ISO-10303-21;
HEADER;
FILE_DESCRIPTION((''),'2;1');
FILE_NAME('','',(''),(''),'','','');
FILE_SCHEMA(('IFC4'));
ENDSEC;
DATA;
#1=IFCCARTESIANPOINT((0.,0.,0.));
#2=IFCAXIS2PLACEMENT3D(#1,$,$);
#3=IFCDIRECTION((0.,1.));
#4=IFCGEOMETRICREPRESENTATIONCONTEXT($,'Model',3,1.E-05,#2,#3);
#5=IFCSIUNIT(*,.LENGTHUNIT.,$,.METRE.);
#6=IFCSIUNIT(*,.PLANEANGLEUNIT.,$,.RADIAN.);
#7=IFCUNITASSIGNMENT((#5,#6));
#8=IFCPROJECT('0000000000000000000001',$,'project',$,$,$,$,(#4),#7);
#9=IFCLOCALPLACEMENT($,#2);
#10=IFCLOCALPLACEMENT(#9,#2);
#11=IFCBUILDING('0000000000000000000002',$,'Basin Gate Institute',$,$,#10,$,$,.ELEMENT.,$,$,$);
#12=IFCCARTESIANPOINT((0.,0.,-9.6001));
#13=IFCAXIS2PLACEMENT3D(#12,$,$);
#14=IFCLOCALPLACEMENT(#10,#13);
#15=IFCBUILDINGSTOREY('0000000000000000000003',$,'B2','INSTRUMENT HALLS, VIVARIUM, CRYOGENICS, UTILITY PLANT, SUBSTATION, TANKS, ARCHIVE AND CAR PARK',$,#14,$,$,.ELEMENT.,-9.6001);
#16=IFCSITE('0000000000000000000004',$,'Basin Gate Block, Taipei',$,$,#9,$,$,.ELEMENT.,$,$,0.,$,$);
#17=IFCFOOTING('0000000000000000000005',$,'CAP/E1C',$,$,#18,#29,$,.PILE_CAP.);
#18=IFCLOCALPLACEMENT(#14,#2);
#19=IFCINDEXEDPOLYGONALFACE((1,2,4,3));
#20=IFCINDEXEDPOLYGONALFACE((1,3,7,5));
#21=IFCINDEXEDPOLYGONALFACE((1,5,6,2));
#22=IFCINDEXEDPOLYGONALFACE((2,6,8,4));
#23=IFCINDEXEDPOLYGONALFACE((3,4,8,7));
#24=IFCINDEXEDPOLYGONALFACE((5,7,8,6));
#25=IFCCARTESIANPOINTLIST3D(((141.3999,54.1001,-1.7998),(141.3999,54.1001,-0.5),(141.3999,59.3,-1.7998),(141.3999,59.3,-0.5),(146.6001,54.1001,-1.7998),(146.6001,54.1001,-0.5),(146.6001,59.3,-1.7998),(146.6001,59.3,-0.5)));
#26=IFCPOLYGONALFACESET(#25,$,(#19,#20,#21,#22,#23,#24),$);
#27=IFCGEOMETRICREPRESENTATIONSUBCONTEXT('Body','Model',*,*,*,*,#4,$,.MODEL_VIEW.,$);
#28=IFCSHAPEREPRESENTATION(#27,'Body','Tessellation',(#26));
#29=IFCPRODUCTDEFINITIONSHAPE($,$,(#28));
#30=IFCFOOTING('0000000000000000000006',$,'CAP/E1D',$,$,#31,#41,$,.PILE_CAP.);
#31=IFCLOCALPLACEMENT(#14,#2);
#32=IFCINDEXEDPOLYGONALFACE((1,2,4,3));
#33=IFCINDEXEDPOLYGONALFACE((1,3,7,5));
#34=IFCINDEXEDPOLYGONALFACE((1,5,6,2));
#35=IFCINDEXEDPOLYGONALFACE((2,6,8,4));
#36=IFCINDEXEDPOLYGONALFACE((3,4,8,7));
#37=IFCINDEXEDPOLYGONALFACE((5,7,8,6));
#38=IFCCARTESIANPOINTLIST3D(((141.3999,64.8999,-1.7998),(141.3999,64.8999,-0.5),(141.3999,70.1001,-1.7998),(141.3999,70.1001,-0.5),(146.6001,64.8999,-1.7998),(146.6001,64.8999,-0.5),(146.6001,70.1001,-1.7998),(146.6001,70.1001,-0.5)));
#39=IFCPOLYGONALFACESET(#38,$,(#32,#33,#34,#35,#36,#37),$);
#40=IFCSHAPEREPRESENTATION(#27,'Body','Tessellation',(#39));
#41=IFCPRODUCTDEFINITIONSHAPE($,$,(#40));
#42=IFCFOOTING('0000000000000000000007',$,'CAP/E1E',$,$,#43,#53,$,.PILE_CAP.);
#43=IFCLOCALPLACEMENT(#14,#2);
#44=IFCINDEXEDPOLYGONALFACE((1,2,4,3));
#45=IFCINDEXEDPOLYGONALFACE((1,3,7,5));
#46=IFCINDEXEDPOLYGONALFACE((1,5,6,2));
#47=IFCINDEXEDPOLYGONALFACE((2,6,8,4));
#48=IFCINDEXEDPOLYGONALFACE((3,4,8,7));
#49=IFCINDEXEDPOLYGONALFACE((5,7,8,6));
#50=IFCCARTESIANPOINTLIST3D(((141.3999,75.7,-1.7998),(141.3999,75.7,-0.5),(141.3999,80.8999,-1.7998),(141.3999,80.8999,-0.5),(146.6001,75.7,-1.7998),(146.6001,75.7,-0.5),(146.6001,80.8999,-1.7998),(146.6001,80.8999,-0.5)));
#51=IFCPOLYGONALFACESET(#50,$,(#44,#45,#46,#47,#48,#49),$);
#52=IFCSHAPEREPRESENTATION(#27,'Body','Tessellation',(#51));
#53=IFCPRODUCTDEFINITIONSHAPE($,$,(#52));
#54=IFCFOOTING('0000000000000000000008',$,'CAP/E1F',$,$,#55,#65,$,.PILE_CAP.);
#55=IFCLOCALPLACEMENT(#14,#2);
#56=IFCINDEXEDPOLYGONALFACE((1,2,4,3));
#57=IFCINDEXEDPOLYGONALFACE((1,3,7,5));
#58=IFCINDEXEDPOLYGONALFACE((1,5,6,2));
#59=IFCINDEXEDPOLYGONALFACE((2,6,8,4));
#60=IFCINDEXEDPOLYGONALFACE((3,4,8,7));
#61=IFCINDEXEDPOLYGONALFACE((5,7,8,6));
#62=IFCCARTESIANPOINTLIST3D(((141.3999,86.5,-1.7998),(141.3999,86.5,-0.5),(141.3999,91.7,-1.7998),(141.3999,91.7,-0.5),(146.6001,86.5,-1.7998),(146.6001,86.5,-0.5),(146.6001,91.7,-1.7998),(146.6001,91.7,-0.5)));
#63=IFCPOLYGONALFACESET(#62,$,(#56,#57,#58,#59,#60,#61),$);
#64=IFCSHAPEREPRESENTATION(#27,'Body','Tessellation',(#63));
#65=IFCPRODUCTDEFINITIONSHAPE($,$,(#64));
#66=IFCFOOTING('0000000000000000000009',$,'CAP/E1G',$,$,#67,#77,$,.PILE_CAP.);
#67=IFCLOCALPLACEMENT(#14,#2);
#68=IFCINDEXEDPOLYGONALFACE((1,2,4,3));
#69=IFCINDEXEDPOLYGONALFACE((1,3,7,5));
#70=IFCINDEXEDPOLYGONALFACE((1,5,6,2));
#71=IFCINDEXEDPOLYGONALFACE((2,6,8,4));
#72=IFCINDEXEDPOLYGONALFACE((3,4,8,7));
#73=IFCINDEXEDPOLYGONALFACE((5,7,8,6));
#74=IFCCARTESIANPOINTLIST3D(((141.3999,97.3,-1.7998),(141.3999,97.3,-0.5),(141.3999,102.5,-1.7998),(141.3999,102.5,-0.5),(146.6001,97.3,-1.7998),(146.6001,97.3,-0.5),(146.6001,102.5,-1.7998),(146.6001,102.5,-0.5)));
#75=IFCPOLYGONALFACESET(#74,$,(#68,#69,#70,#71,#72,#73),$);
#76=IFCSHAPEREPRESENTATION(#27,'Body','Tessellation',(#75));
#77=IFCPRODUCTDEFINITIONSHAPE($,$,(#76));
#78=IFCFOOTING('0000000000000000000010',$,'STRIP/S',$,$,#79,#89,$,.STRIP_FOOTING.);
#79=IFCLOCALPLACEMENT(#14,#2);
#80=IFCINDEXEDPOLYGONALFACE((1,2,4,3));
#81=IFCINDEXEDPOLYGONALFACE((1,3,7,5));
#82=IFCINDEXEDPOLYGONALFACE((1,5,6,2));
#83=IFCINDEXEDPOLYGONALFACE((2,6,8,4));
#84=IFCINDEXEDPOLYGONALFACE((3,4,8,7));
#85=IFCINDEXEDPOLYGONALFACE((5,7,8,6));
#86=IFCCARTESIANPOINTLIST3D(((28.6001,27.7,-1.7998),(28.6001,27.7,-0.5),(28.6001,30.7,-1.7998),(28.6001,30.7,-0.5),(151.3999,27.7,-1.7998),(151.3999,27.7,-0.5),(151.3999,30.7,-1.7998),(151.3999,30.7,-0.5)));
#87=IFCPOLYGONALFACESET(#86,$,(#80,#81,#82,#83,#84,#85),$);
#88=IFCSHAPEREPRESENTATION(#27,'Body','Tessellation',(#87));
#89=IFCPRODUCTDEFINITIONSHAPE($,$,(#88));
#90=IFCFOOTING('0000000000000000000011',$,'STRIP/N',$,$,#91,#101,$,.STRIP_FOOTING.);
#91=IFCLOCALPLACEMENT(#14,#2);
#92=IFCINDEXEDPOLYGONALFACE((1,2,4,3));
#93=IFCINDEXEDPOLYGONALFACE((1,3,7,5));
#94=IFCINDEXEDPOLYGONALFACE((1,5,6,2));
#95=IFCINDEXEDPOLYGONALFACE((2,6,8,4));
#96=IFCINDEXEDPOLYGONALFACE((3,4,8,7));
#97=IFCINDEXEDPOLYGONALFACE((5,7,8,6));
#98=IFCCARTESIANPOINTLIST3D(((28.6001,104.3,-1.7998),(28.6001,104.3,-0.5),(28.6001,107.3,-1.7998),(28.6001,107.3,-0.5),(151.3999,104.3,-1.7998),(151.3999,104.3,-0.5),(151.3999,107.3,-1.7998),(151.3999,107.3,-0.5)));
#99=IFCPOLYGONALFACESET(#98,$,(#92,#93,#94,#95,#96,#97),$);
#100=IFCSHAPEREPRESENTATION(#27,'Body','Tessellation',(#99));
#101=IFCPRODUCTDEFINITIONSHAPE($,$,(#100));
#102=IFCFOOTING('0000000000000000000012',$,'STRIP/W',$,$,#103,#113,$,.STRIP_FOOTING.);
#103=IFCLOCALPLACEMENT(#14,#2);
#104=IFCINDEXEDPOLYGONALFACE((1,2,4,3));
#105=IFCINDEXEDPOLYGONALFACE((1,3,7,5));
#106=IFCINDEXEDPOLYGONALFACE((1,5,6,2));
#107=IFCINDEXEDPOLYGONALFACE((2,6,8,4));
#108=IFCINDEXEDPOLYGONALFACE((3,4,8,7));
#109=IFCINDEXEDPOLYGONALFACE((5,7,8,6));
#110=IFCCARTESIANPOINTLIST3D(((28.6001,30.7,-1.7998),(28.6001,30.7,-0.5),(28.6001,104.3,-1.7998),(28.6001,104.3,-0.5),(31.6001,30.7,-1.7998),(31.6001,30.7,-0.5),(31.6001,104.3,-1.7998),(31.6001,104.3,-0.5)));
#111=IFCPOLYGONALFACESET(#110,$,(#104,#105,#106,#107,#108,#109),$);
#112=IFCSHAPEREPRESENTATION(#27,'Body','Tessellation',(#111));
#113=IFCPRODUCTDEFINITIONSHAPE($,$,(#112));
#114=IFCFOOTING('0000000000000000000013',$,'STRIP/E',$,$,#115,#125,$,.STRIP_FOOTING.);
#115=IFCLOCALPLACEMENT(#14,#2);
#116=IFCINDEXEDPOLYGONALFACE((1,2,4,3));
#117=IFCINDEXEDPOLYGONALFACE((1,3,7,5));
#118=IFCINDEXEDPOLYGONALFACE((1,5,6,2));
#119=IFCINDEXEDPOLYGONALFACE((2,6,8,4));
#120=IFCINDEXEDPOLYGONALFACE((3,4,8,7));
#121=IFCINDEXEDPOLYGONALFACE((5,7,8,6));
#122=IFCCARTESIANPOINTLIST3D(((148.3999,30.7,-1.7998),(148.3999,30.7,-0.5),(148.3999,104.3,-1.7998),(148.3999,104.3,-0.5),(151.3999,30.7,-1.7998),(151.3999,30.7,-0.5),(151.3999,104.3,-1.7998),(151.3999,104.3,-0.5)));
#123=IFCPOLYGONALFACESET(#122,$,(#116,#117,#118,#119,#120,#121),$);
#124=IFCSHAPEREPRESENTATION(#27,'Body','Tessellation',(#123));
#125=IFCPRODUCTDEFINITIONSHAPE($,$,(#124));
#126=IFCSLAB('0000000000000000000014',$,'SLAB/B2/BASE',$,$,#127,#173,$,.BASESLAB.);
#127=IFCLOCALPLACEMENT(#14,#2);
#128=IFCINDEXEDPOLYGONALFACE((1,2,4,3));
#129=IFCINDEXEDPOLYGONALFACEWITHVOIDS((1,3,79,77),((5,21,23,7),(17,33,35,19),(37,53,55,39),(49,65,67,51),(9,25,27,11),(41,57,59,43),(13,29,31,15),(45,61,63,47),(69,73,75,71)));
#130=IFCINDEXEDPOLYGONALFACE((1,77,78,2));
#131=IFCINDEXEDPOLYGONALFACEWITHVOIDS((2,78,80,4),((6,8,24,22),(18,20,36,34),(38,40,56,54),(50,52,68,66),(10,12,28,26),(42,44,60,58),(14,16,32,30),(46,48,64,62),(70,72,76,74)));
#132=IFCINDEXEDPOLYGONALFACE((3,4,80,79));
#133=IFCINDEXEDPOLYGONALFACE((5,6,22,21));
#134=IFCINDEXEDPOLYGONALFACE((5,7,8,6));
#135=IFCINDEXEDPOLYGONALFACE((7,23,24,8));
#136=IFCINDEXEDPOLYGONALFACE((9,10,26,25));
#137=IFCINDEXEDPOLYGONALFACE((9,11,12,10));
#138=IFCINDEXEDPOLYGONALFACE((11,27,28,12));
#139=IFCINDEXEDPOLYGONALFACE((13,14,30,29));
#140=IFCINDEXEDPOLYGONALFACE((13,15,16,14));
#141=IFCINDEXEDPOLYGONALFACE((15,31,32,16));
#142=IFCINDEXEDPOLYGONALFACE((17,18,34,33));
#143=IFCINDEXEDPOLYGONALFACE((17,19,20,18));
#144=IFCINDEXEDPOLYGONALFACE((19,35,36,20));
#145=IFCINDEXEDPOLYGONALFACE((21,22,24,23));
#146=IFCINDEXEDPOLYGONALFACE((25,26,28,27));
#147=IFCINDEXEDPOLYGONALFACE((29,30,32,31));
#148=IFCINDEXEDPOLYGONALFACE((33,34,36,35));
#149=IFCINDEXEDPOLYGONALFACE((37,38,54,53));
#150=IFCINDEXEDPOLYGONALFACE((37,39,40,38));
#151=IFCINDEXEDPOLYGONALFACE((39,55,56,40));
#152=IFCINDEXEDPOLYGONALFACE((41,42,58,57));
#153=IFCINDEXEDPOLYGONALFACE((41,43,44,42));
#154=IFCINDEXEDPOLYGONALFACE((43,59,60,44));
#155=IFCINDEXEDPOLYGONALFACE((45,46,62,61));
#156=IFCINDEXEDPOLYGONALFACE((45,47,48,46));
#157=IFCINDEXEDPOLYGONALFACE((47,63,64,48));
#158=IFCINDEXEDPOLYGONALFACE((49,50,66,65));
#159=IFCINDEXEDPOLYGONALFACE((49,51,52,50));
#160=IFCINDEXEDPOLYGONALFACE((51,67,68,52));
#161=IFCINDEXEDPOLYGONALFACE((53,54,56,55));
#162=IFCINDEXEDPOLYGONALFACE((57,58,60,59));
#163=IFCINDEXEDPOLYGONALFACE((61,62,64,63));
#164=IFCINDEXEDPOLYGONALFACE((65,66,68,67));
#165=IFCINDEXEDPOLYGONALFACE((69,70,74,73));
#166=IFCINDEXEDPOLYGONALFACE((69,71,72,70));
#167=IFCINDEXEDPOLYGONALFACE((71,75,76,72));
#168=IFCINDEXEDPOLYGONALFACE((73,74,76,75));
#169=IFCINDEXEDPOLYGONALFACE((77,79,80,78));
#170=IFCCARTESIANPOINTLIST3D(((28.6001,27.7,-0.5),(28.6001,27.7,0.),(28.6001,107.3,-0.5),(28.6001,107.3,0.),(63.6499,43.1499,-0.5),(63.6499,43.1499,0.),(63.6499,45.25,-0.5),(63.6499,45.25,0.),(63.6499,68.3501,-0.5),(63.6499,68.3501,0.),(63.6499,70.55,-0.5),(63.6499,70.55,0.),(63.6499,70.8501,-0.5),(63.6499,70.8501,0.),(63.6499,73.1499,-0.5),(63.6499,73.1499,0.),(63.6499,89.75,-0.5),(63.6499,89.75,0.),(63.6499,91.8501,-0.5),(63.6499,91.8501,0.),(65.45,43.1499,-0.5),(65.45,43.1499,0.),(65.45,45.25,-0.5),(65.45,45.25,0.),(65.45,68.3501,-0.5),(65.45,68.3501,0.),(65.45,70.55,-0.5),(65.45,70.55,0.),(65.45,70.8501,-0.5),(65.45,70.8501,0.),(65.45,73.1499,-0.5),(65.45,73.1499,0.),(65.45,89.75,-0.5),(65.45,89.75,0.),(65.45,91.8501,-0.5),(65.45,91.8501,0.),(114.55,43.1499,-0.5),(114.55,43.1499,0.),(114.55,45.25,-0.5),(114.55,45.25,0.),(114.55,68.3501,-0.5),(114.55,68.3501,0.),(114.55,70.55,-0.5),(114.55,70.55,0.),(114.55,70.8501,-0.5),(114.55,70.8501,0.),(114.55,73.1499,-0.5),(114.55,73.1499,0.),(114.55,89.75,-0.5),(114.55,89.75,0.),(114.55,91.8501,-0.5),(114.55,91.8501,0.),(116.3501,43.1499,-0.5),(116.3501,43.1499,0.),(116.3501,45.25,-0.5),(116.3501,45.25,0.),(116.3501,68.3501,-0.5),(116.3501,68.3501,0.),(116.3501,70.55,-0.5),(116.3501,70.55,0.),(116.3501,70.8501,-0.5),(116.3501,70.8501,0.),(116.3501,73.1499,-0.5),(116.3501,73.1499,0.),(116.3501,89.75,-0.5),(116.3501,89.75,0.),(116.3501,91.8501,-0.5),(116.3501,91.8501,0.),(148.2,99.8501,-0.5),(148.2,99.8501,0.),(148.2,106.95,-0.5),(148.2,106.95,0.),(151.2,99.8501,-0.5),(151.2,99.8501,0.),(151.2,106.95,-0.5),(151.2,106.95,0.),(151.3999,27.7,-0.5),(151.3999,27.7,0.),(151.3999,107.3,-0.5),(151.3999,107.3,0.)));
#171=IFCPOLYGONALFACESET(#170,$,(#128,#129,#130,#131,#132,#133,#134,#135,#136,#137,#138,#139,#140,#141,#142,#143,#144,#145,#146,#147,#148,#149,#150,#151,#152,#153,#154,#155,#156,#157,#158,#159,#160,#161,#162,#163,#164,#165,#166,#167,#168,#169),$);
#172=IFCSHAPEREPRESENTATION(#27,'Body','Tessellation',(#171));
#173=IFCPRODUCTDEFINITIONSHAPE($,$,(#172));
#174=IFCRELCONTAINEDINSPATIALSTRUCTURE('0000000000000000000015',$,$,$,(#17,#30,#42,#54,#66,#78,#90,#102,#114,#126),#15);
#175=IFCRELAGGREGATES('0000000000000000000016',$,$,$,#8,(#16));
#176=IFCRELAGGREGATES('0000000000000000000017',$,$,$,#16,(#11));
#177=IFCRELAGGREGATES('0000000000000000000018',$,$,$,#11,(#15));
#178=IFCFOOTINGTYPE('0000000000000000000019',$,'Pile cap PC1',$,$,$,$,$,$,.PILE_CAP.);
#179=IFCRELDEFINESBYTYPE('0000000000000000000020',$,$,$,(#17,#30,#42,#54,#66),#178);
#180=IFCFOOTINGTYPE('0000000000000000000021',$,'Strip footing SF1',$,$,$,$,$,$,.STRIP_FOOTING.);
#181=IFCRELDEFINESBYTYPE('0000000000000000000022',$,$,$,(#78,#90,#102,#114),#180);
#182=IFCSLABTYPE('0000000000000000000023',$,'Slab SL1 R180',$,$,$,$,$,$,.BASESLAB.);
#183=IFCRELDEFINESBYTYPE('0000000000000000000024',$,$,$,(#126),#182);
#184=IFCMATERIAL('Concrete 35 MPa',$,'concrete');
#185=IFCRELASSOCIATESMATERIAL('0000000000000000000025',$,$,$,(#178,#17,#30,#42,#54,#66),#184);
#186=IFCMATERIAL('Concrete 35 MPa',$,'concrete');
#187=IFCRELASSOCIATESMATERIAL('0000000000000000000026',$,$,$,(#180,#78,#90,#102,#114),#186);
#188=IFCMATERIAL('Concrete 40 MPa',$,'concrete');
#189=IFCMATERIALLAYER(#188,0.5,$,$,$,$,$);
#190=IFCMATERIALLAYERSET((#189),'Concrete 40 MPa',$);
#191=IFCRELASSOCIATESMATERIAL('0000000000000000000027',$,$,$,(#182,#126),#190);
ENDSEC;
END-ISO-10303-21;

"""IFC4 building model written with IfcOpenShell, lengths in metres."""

from ifc_helpers import new_model, si_unit, direction, frame, origin, place, context, subcontext, project, spatial, polyline, outline, extrude, material, layer, layer_set, type_object, element, save


model = new_model("IFC4")

# Units and contexts
model_context = context("Model", 3, precision=1e-05, world=origin(), true_north=direction((0.0, 1.0)))
body_context = subcontext(model_context, "Body", "Model", "MODEL_VIEW")
ifc_project = project(units=[si_unit("LENGTHUNIT", "METRE"), si_unit("PLANEANGLEUNIT", "RADIAN")], contexts=[model_context])

# Site, building, storey
site_placement = place(None, origin())
site = spatial("IfcSite", under=ifc_project, at=site_placement, Name="Basin Gate Block, Taipei", CompositionType="ELEMENT", RefElevation=0.0)
building_placement = place(site_placement, origin())
building = spatial("IfcBuilding", under=site, at=building_placement, Name="Basin Gate Institute", CompositionType="ELEMENT")
storey_placement = place(building_placement, frame((0.0, 0.0, -9.6001)))
storey = spatial("IfcBuildingStorey", under=building, at=storey_placement, Name="B2", Description="INSTRUMENT HALLS, VIVARIUM, CRYOGENICS, UTILITY PLANT, SUBSTATION, TANKS, ARCHIVE AND CAR PARK", CompositionType="ELEMENT", Elevation=-9.6001)

# Footings
ifc_material_1 = material(Name="Concrete 35 MPa", Category="concrete")
footing_type_1 = type_object("IfcFootingType", Name="Pile cap PC1", PredefinedType="PILE_CAP", material=ifc_material_1)
footing_1_placement = place(storey_placement, frame((0.0, 0.0, -1.7998)))
element("IfcFooting", 1, at=footing_1_placement, inside=storey, type_object=footing_type_1, material=ifc_material_1, Name="CAP/E1C", PredefinedType="PILE_CAP", context=body_context, shape_type="SweptSolid", body=[
    extrude(outline(polyline([(141.3999, 54.1001), (146.6001, 54.1001), (146.6001, 59.3), (141.3999, 59.3), (141.3999, 54.1001)])), origin(), (0.0, 0.0, 1.0), 1.2998),
])
footing_2_placement = place(storey_placement, frame((0.0, 0.0, -1.7998)))
element("IfcFooting", 2, at=footing_2_placement, inside=storey, type_object=footing_type_1, material=ifc_material_1, Name="CAP/E1D", PredefinedType="PILE_CAP", context=body_context, shape_type="SweptSolid", body=[
    extrude(outline(polyline([(141.3999, 64.8999), (146.6001, 64.8999), (146.6001, 70.1001), (141.3999, 70.1001), (141.3999, 64.8999)])), origin(), (0.0, 0.0, 1.0), 1.2998),
])
footing_3_placement = place(storey_placement, frame((0.0, 0.0, -1.7998)))
element("IfcFooting", 3, at=footing_3_placement, inside=storey, type_object=footing_type_1, material=ifc_material_1, Name="CAP/E1E", PredefinedType="PILE_CAP", context=body_context, shape_type="SweptSolid", body=[
    extrude(outline(polyline([(141.3999, 75.7), (146.6001, 75.7), (146.6001, 80.8999), (141.3999, 80.8999), (141.3999, 75.7)])), origin(), (0.0, 0.0, 1.0), 1.2998),
])
footing_4_placement = place(storey_placement, frame((0.0, 0.0, -1.7998)))
element("IfcFooting", 4, at=footing_4_placement, inside=storey, type_object=footing_type_1, material=ifc_material_1, Name="CAP/E1F", PredefinedType="PILE_CAP", context=body_context, shape_type="SweptSolid", body=[
    extrude(outline(polyline([(141.3999, 86.5), (146.6001, 86.5), (146.6001, 91.7), (141.3999, 91.7), (141.3999, 86.5)])), origin(), (0.0, 0.0, 1.0), 1.2998),
])
footing_5_placement = place(storey_placement, frame((0.0, 0.0, -1.7998)))
element("IfcFooting", 5, at=footing_5_placement, inside=storey, type_object=footing_type_1, material=ifc_material_1, Name="CAP/E1G", PredefinedType="PILE_CAP", context=body_context, shape_type="SweptSolid", body=[
    extrude(outline(polyline([(141.3999, 97.3), (146.6001, 97.3), (146.6001, 102.5), (141.3999, 102.5), (141.3999, 97.3)])), origin(), (0.0, 0.0, 1.0), 1.2998),
])
ifc_material_2 = material(Name="Concrete 35 MPa", Category="concrete")
footing_type_2 = type_object("IfcFootingType", Name="Strip footing SF1", PredefinedType="STRIP_FOOTING", material=ifc_material_2)
footing_6_placement = place(storey_placement, frame((0.0, 0.0, -1.7998)))
element("IfcFooting", 6, at=footing_6_placement, inside=storey, type_object=footing_type_2, material=ifc_material_2, Name="STRIP/S", PredefinedType="STRIP_FOOTING", context=body_context, shape_type="SweptSolid", body=[
    extrude(outline(polyline([(28.6001, 27.7), (151.3999, 27.7), (151.3999, 30.7), (28.6001, 30.7), (28.6001, 27.7)])), origin(), (0.0, 0.0, 1.0), 1.2998),
])
footing_7_placement = place(storey_placement, frame((0.0, 0.0, -1.7998)))
element("IfcFooting", 7, at=footing_7_placement, inside=storey, type_object=footing_type_2, material=ifc_material_2, Name="STRIP/N", PredefinedType="STRIP_FOOTING", context=body_context, shape_type="SweptSolid", body=[
    extrude(outline(polyline([(28.6001, 104.3), (151.3999, 104.3), (151.3999, 107.3), (28.6001, 107.3), (28.6001, 104.3)])), origin(), (0.0, 0.0, 1.0), 1.2998),
])
footing_8_placement = place(storey_placement, frame((0.0, 0.0, -1.7998)))
element("IfcFooting", 8, at=footing_8_placement, inside=storey, type_object=footing_type_2, material=ifc_material_2, Name="STRIP/W", PredefinedType="STRIP_FOOTING", context=body_context, shape_type="SweptSolid", body=[
    extrude(outline(polyline([(28.6001, 30.7), (31.6001, 30.7), (31.6001, 104.3), (28.6001, 104.3), (28.6001, 30.7)])), origin(), (0.0, 0.0, 1.0), 1.2998),
])
footing_9_placement = place(storey_placement, frame((0.0, 0.0, -1.7998)))
element("IfcFooting", 9, at=footing_9_placement, inside=storey, type_object=footing_type_2, material=ifc_material_2, Name="STRIP/E", PredefinedType="STRIP_FOOTING", context=body_context, shape_type="SweptSolid", body=[
    extrude(outline(polyline([(148.3999, 30.7), (151.3999, 30.7), (151.3999, 104.3), (148.3999, 104.3), (148.3999, 30.7)])), origin(), (0.0, 0.0, 1.0), 1.2998),
])

# Slab
ifc_material_3 = material(Name="Concrete 40 MPa", Category="concrete")
ifc_layer_1 = layer(ifc_material_3, 0.5)
ifc_layer_set_1 = layer_set([ifc_layer_1], Name="Concrete 40 MPa")
slab_type = type_object("IfcSlabType", Name="Slab SL1 R180", PredefinedType="BASESLAB", material=ifc_layer_set_1)
slab_placement = place(storey_placement, frame((0.0, 0.0, -0.5)))
element("IfcSlab", 10, at=slab_placement, inside=storey, type_object=slab_type, material=ifc_layer_set_1, Name="SLAB/B2/BASE", PredefinedType="BASESLAB", context=body_context, shape_type="SweptSolid", body=[
    extrude(outline(polyline([(28.6001, 27.7), (151.3999, 27.7), (151.3999, 107.3), (28.6001, 107.3), (28.6001, 27.7)]), holes=[polyline([(148.2, 99.8501), (151.2, 99.8501), (151.2, 106.95), (148.2, 106.95), (148.2, 99.8501)]), polyline([(63.6499, 43.1499), (65.45, 43.1499), (65.45, 45.25), (63.6499, 45.25), (63.6499, 43.1499)]), polyline([(63.6499, 68.3501), (65.45, 68.3501), (65.45, 70.55), (63.6499, 70.55), (63.6499, 68.3501)]), polyline([(63.6499, 70.8501), (65.45, 70.8501), (65.45, 73.1499), (63.6499, 73.1499), (63.6499, 70.8501)]), polyline([(63.6499, 89.75), (65.45, 89.75), (65.45, 91.8501), (63.6499, 91.8501), (63.6499, 89.75)]), polyline([(116.3501, 45.25), (114.55, 45.25), (114.55, 43.1499), (116.3501, 43.1499), (116.3501, 45.25)]), polyline([(116.3501, 70.55), (114.55, 70.55), (114.55, 68.3501), (116.3501, 68.3501), (116.3501, 70.55)]), polyline([(116.3501, 73.1499), (114.55, 73.1499), (114.55, 70.8501), (116.3501, 70.8501), (116.3501, 73.1499)]), polyline([(116.3501, 91.8501), (114.55, 91.8501), (114.55, 89.75), (116.3501, 89.75), (116.3501, 91.8501)])]), origin(), (0.0, 0.0, 1.0), 0.5),
])

save(model, "model.ifc")
